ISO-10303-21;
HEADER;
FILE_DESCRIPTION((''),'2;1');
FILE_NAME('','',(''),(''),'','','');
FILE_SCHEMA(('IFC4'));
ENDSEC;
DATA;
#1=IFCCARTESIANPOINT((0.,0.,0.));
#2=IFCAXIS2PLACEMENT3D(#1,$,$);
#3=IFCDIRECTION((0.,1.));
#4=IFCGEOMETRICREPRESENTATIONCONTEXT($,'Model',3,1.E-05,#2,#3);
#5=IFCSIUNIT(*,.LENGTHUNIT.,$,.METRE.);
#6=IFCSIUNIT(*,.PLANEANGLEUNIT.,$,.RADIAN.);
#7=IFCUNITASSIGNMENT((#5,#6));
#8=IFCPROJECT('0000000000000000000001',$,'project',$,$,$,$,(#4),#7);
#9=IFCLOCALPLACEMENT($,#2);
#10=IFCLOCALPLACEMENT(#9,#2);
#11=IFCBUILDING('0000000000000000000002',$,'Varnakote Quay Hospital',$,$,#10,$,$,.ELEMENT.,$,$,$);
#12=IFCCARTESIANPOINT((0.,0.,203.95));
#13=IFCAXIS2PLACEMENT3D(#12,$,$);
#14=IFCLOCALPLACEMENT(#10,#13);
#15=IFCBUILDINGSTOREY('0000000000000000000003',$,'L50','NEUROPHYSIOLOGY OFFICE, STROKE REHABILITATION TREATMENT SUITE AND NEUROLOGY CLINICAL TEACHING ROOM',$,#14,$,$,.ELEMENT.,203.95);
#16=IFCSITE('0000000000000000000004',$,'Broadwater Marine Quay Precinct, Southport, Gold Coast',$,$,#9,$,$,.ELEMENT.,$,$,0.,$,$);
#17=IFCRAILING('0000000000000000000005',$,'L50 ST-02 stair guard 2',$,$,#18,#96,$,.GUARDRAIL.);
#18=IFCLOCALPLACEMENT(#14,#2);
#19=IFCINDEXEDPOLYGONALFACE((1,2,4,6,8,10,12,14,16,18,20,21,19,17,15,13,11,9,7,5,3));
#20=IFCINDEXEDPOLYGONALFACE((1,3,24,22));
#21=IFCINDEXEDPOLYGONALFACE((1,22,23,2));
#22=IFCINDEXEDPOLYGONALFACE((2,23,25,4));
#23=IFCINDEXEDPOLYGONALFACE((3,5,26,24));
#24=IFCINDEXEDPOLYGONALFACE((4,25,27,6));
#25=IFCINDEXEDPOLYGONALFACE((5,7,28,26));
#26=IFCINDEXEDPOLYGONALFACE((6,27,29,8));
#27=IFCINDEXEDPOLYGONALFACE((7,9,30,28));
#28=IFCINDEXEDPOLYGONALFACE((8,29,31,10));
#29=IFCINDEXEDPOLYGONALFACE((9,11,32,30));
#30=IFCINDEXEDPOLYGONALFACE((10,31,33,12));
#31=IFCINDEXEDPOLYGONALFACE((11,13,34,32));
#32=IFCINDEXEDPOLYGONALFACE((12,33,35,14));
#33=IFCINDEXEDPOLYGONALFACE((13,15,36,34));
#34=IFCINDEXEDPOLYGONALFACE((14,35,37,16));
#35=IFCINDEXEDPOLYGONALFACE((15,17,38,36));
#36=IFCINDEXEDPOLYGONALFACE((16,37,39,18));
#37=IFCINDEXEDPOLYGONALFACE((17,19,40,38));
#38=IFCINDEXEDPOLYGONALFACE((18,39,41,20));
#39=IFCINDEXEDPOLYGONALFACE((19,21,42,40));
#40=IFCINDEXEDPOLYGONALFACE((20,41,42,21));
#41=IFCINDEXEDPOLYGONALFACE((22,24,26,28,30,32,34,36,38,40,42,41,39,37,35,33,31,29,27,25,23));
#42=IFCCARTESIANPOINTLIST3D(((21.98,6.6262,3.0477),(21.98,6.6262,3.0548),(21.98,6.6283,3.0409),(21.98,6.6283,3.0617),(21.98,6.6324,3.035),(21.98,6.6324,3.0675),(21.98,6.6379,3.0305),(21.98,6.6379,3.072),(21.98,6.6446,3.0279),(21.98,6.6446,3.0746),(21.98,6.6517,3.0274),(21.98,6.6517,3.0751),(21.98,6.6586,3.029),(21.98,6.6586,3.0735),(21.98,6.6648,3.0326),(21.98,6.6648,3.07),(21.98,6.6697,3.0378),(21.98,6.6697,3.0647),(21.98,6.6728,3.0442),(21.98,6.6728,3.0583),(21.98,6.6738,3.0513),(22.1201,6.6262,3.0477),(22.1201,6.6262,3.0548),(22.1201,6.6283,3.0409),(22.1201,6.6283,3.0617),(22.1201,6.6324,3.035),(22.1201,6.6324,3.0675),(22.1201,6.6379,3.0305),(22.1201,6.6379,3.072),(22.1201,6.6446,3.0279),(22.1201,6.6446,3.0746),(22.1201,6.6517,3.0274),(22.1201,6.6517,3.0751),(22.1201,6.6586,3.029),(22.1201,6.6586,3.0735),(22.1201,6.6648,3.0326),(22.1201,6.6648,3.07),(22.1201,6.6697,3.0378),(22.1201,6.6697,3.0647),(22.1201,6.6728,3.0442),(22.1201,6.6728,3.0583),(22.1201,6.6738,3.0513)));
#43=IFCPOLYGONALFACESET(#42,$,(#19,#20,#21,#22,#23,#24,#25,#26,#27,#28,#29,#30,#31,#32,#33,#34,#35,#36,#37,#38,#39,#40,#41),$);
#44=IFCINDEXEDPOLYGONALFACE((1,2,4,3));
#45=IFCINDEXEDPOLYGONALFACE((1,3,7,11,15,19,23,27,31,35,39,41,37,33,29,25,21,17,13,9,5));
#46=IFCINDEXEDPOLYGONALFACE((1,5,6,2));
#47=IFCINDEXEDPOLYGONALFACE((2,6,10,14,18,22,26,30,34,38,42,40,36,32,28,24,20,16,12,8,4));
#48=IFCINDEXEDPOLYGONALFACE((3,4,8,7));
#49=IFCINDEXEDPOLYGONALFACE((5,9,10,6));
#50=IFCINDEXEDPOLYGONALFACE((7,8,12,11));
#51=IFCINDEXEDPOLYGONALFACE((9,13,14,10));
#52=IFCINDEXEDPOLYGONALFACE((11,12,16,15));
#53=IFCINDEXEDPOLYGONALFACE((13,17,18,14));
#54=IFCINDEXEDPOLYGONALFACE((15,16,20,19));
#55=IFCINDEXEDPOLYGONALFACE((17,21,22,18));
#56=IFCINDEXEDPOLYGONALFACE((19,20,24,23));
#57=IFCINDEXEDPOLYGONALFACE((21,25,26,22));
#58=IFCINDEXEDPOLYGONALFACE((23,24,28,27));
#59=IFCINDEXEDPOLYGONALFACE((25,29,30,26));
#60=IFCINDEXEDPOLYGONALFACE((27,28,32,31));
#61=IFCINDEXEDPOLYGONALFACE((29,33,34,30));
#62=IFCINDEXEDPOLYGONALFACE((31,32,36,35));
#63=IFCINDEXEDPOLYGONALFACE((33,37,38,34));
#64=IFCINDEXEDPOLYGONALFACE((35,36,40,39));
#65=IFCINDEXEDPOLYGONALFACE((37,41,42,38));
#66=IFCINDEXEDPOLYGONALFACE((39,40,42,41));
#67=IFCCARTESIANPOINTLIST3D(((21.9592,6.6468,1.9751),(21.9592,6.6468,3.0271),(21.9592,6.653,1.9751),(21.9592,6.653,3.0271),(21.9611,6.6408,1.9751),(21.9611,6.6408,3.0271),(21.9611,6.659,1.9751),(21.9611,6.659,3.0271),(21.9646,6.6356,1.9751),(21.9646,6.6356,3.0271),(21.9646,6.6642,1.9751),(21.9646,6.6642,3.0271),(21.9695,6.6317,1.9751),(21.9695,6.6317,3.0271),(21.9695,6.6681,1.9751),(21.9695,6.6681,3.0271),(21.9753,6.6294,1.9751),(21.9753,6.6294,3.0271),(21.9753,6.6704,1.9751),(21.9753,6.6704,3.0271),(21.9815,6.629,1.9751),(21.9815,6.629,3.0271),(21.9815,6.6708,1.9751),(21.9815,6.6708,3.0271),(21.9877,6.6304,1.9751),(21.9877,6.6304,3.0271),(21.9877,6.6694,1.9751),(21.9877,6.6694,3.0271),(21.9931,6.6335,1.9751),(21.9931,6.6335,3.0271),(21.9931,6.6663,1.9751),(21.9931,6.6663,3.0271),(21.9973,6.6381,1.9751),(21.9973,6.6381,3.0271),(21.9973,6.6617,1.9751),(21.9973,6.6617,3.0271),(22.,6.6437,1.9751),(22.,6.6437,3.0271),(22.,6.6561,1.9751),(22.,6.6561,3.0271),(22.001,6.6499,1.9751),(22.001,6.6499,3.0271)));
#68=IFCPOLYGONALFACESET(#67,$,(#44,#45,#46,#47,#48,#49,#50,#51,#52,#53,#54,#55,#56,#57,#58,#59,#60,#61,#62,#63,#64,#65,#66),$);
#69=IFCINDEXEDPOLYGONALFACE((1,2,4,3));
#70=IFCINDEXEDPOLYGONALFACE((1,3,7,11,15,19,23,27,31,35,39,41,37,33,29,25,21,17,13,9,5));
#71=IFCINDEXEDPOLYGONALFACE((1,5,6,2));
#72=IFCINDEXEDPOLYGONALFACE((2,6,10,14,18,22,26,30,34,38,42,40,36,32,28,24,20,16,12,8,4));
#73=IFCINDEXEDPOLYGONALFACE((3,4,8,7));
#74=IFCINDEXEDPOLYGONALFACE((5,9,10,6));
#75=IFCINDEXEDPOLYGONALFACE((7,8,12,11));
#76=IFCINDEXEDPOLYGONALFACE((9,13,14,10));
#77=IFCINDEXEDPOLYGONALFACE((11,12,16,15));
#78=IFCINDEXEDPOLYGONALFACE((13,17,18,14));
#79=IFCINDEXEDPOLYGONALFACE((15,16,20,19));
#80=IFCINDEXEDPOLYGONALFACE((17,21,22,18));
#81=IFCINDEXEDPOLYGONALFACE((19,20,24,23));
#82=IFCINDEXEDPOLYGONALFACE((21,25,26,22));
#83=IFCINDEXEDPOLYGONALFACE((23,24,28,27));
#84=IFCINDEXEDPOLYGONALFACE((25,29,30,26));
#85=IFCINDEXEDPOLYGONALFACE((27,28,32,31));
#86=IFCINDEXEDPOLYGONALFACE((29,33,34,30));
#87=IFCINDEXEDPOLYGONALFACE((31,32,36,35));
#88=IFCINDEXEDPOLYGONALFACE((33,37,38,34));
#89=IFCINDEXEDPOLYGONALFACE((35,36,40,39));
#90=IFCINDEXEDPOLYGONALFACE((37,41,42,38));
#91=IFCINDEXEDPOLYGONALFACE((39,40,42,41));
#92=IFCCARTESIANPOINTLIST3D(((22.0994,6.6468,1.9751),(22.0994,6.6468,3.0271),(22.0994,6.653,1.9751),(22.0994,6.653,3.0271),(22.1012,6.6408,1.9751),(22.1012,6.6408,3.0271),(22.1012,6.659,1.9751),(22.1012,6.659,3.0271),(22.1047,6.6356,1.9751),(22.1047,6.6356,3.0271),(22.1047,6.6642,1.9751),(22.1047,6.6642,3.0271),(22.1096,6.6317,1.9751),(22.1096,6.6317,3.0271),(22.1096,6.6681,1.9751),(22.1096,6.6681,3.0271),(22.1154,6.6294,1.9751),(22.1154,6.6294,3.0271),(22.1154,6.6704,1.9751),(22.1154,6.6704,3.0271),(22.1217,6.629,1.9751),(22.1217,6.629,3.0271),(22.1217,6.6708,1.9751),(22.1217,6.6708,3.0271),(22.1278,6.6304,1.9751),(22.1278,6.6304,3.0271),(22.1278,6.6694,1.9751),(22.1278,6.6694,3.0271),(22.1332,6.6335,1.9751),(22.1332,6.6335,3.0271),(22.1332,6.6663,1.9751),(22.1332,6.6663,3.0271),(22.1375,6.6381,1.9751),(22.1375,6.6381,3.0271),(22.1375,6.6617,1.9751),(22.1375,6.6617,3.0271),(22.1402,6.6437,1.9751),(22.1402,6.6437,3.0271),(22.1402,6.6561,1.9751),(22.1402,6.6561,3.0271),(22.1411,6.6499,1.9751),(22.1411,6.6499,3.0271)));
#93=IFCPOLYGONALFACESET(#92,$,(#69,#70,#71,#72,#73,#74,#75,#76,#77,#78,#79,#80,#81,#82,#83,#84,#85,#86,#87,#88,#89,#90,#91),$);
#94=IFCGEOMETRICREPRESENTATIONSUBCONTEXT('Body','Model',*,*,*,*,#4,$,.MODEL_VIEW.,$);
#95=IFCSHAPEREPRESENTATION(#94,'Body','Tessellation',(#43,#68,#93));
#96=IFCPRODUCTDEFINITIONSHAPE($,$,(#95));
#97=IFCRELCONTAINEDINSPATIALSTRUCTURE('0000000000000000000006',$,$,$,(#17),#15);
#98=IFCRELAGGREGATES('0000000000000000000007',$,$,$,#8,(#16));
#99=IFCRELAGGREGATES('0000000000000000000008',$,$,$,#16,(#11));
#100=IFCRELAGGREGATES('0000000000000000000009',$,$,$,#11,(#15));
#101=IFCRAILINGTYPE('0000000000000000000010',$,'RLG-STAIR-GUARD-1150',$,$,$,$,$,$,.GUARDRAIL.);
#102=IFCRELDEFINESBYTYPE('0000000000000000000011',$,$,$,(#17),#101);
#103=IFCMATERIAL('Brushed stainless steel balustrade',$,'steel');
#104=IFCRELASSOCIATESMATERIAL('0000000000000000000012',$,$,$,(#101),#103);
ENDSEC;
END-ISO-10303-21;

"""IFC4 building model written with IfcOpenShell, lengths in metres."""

from ifc_helpers import new_model, si_unit, direction, frame, origin, origin_2d, place, context, subcontext, project, spatial, circle, extrude, material, type_object, element, save


model = new_model("IFC4")

# Units and contexts
model_context = context("Model", 3, precision=1e-05, world=origin(), true_north=direction((0.0, 1.0)))
body_context = subcontext(model_context, "Body", "Model", "MODEL_VIEW")
ifc_project = project(units=[si_unit("LENGTHUNIT", "METRE"), si_unit("PLANEANGLEUNIT", "RADIAN")], contexts=[model_context])

# Site, building, storey
site_placement = place(None, origin())
site = spatial("IfcSite", under=ifc_project, at=site_placement, Name="Broadwater Marine Quay Precinct, Southport, Gold Coast", CompositionType="ELEMENT", RefElevation=0.0)
building_placement = place(site_placement, origin())
building = spatial("IfcBuilding", under=site, at=building_placement, Name="Varnakote Quay Hospital", CompositionType="ELEMENT")
storey_placement = place(building_placement, frame((0.0, 0.0, 203.95)))
storey = spatial("IfcBuildingStorey", under=building, at=storey_placement, Name="L50", Description="NEUROPHYSIOLOGY OFFICE, STROKE REHABILITATION TREATMENT SUITE AND NEUROLOGY CLINICAL TEACHING ROOM", CompositionType="ELEMENT", Elevation=203.95)

# Railing
ifc_material_1 = material(Name="Brushed stainless steel balustrade", Category="steel")
railing_type_1 = type_object("IfcRailingType", Name="RLG-STAIR-GUARD-1150", PredefinedType="GUARDRAIL", material=ifc_material_1)
railing_1_placement = place(storey_placement, frame((21.98, 6.6499, 1.9751)))
element("IfcRailing", 1, at=railing_1_placement, inside=storey, type_object=railing_type_1, Name="L50 ST-02 stair guard 2", PredefinedType="GUARDRAIL", context=body_context, shape_type="SweptSolid", body=[
    extrude(circle(Radius=0.0239, at=origin_2d()), frame((0.0, 0.0, 1.0762), z_axis=(1.0, 0.0, 0.0), x_axis=(0.0, 1.0, 0.0)), (0.0, 0.0, 1.0), 0.1401),
    extrude(circle(Radius=0.021, at=origin_2d()), origin(), (0.0, 0.0, 1.0), 1.052),
    extrude(circle(Radius=0.021, at=origin_2d()), frame((0.1401, 0.0, 0.0)), (0.0, 0.0, 1.0), 1.052),
])

save(model, "model.ifc")
